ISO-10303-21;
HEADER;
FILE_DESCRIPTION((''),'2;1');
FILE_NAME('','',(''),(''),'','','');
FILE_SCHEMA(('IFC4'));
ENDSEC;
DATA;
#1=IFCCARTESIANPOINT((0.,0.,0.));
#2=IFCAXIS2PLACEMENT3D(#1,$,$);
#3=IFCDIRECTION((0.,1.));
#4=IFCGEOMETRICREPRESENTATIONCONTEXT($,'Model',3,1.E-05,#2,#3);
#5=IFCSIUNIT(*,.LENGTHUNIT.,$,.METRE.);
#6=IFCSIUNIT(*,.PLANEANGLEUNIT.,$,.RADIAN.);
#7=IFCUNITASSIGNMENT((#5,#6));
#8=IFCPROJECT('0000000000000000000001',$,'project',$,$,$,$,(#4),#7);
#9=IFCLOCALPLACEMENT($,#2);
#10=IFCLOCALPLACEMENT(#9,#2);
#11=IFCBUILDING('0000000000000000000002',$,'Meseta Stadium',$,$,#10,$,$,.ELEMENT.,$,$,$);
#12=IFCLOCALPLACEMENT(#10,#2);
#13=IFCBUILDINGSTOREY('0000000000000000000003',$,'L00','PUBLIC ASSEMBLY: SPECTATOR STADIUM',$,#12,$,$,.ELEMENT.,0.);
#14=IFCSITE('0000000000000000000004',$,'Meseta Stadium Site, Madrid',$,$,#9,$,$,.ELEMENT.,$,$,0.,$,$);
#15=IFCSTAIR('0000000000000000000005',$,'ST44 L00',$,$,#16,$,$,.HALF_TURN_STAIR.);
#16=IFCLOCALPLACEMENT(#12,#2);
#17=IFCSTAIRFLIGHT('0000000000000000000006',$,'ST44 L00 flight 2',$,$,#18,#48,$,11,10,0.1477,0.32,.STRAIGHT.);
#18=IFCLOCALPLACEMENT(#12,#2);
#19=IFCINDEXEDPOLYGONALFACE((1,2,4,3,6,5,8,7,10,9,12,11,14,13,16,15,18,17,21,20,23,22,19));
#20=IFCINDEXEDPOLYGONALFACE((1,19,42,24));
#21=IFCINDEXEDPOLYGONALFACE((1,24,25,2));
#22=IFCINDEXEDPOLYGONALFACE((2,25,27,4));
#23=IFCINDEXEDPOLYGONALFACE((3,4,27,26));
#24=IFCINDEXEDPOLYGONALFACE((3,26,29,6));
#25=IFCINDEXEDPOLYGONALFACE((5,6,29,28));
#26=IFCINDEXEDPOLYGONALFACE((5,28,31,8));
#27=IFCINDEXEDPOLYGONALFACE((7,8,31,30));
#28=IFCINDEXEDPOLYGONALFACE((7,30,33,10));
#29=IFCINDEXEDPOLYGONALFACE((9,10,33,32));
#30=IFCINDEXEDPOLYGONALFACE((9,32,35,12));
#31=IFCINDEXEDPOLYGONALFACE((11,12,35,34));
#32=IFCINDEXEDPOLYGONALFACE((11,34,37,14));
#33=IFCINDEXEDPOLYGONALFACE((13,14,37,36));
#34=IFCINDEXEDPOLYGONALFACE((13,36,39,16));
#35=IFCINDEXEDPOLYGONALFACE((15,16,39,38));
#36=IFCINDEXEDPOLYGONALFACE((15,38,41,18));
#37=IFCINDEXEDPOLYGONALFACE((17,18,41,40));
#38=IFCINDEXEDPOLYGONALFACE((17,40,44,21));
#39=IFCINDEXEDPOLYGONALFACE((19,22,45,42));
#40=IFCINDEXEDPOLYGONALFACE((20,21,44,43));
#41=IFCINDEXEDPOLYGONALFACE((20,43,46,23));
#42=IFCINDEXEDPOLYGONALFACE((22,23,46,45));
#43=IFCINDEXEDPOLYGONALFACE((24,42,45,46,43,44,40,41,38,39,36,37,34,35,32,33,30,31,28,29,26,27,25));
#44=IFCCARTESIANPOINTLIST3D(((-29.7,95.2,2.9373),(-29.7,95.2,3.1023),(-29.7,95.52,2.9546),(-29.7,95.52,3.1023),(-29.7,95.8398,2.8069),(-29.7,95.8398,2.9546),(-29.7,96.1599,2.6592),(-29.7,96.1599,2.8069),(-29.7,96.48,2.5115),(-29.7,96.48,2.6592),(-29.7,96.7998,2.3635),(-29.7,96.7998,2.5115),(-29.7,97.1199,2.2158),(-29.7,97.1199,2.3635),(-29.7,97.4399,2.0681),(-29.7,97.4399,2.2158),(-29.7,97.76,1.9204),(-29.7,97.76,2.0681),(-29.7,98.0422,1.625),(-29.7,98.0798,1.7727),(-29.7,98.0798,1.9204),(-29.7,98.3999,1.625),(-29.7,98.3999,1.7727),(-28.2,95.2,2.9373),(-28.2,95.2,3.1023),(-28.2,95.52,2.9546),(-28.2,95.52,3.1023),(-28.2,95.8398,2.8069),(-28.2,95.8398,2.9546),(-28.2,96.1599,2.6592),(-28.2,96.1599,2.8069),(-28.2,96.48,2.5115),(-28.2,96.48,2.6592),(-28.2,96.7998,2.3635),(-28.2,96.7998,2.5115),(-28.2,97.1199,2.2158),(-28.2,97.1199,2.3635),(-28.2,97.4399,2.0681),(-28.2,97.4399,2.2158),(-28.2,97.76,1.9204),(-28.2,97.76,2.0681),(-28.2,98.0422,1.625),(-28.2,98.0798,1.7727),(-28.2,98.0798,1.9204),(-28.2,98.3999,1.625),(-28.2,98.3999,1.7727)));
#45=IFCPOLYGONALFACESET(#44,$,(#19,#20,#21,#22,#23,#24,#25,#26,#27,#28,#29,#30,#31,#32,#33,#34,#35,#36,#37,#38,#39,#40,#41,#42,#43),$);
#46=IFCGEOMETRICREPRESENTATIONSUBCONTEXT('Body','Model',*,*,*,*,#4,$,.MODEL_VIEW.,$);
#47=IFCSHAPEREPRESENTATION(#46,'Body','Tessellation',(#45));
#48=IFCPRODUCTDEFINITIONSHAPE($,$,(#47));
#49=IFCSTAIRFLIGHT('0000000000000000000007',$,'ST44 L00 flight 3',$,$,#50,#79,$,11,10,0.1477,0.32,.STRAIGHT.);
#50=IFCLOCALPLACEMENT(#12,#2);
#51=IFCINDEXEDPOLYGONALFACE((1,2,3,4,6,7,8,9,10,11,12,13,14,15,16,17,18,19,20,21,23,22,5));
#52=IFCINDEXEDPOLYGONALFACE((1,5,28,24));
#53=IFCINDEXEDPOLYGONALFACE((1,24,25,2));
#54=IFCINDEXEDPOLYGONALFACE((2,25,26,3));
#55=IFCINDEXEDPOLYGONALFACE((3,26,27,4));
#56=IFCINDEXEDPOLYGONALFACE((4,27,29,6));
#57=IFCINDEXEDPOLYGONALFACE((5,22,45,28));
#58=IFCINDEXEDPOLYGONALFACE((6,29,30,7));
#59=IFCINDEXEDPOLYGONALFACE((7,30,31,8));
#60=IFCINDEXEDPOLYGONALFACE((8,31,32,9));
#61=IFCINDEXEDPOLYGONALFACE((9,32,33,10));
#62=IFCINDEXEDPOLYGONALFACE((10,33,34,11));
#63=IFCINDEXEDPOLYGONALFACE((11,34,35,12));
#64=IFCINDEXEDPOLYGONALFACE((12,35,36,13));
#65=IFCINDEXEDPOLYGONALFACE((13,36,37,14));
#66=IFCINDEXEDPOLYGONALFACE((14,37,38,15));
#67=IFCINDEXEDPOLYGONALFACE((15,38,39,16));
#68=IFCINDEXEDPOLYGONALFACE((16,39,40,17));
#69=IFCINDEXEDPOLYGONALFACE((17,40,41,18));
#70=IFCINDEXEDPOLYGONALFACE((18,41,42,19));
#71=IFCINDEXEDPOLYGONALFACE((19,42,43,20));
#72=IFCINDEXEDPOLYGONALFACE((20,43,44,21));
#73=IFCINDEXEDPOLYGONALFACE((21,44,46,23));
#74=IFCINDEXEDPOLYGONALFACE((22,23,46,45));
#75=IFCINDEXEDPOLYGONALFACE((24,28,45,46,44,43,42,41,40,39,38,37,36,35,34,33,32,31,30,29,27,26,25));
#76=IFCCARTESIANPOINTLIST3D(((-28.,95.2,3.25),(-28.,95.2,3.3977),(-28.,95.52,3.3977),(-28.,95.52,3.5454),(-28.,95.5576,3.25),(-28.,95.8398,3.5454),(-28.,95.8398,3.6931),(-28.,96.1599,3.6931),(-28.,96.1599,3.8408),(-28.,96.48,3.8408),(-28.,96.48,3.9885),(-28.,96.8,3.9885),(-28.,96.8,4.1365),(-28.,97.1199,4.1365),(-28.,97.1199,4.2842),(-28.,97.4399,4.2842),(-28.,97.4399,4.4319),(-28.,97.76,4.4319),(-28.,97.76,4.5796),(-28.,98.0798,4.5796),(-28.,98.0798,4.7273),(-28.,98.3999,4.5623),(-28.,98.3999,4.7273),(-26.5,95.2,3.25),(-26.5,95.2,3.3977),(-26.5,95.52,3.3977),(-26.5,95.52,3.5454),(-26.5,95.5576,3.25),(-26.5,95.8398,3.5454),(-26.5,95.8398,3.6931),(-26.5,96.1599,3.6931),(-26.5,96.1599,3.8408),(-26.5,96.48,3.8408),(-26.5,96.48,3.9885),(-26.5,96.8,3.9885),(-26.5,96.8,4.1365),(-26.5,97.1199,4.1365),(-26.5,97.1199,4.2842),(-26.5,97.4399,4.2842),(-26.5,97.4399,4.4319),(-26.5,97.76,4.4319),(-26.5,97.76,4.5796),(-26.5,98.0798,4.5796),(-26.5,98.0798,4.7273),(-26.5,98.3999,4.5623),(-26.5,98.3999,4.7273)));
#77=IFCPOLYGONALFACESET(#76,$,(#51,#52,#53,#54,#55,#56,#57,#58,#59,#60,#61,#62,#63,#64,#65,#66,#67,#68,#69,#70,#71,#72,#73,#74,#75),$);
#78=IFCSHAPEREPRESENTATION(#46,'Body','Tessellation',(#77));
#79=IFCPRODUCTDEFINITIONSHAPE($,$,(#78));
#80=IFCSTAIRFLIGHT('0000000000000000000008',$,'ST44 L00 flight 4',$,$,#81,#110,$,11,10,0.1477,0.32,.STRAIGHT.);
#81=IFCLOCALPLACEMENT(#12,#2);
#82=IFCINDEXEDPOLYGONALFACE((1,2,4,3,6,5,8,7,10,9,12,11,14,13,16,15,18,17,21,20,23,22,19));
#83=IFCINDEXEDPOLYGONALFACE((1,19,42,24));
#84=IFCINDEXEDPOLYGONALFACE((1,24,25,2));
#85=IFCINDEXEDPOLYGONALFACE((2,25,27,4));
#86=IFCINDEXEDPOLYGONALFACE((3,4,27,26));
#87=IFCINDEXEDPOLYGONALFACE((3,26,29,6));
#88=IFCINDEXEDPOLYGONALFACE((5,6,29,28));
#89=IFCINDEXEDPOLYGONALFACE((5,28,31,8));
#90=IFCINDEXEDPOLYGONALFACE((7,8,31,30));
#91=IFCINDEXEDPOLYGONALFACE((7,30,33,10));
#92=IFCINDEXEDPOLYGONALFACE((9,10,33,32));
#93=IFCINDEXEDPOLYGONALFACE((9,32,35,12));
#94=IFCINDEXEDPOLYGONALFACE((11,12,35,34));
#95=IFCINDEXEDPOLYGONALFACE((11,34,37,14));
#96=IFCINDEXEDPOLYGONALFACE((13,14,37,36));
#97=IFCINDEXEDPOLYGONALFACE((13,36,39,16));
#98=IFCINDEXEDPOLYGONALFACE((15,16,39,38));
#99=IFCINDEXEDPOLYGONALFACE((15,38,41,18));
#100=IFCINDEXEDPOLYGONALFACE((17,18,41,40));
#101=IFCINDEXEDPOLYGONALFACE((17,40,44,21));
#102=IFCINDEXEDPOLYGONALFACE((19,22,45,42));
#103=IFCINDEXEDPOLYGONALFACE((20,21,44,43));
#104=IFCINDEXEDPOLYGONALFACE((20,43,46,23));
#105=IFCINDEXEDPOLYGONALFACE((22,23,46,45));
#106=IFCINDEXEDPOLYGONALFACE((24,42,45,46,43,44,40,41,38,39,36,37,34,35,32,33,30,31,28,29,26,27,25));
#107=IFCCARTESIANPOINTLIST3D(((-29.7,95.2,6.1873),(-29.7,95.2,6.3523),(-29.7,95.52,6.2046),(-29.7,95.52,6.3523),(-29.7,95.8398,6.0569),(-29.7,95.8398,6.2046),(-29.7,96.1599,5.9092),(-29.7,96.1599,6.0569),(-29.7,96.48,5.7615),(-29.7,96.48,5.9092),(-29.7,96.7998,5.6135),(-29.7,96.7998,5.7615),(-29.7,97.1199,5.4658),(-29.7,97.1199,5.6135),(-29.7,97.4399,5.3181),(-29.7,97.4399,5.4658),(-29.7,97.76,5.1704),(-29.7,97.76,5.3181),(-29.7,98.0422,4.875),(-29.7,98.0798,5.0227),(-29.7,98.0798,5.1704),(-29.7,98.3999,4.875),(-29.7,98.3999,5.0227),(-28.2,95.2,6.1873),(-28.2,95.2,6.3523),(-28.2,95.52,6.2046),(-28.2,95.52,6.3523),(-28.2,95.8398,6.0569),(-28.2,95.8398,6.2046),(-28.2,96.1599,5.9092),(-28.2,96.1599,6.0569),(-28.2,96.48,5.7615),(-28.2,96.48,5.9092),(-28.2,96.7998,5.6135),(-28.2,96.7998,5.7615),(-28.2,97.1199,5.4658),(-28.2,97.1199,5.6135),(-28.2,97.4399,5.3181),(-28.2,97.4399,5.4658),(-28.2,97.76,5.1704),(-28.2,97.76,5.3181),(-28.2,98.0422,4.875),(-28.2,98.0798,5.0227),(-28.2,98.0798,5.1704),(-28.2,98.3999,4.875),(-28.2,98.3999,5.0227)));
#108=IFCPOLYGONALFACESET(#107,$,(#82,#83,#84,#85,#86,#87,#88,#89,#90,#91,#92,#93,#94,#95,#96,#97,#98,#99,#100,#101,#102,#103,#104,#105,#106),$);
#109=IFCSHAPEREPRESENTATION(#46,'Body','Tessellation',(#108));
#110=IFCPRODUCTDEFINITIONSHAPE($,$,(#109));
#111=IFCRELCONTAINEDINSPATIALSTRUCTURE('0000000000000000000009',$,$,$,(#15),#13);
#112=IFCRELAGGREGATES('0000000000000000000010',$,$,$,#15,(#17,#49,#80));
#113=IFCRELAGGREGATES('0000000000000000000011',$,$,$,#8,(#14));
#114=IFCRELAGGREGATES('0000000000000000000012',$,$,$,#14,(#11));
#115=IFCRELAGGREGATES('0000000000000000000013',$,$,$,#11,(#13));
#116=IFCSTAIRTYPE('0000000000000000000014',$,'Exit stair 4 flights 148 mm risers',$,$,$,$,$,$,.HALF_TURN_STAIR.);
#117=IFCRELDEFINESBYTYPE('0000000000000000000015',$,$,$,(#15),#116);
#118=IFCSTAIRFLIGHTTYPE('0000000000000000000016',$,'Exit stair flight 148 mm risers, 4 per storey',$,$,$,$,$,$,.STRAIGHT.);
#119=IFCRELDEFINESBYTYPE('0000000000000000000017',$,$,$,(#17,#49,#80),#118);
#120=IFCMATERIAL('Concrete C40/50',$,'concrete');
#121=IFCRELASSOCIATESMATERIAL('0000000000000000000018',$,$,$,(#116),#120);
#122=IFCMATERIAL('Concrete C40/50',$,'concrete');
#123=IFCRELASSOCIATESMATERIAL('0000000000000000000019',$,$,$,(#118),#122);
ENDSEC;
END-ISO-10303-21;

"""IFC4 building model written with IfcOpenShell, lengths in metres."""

from ifc_helpers import new_model, si_unit, direction, frame, origin, place, context, subcontext, project, spatial, polyline, outline, extrude, material, type_object, element, aggregate, save


model = new_model("IFC4")

# Units and contexts
model_context = context("Model", 3, precision=1e-05, world=origin(), true_north=direction((0.0, 1.0)))
body_context = subcontext(model_context, "Body", "Model", "MODEL_VIEW")
ifc_project = project(units=[si_unit("LENGTHUNIT", "METRE"), si_unit("PLANEANGLEUNIT", "RADIAN")], contexts=[model_context])

# Site, building, storey
site_placement = place(None, origin())
site = spatial("IfcSite", under=ifc_project, at=site_placement, Name="Meseta Stadium Site, Madrid", CompositionType="ELEMENT", RefElevation=0.0)
building_placement = place(site_placement, origin())
building = spatial("IfcBuilding", under=site, at=building_placement, Name="Meseta Stadium", CompositionType="ELEMENT")
storey_placement = place(building_placement, origin())
storey = spatial("IfcBuildingStorey", under=building, at=storey_placement, Name="L00", Description="PUBLIC ASSEMBLY: SPECTATOR STADIUM", CompositionType="ELEMENT", Elevation=0.0)

# Stair, stair flights
ifc_material_1 = material(Name="Concrete C40/50", Category="concrete")
stair_type = type_object("IfcStairType", Name="Exit stair 4 flights 148 mm risers", PredefinedType="HALF_TURN_STAIR", material=ifc_material_1)
ifc_material_2 = material(Name="Concrete C40/50", Category="concrete")
stair_flight_type = type_object("IfcStairFlightType", Name="Exit stair flight 148 mm risers, 4 per storey", PredefinedType="STRAIGHT", material=ifc_material_2)
stair_1_placement = place(storey_placement, origin())
stair_1 = element("IfcStair", 1, at=stair_1_placement, inside=storey, type_object=stair_type, Name="ST44 L00", PredefinedType="HALF_TURN_STAIR")
stair_flight_1_placement = place(storey_placement, frame((-28.95, 98.3999, 1.625), z_axis=(0.0, 0.0, 1.0), x_axis=(0.0, -1.0, 0.0)))
stair_flight_1 = element("IfcStairFlight", 2, at=stair_flight_1_placement, type_object=stair_flight_type, Name="ST44 L00 flight 2", NumberOfRisers=11, NumberOfTreads=10, PredefinedType="STRAIGHT", RiserHeight=0.1477, TreadLength=0.32, context=body_context, shape_type="SweptSolid", body=[
    extrude(outline(polyline([(0.0, 0.0), (0.0, 0.1477), (0.3201, 0.1477), (0.3201, 0.2954), (0.6399, 0.2954), (0.6399, 0.4431), (0.96, 0.4431), (0.96, 0.5908), (1.28, 0.5908), (1.28, 0.7385), (1.6001, 0.7385), (1.6001, 0.8865), (1.9199, 0.8865), (1.9199, 1.0342), (2.24, 1.0342), (2.24, 1.1819), (2.5601, 1.1819), (2.5601, 1.3296), (2.8799, 1.3296), (2.8799, 1.4773), (3.2, 1.4773), (3.2, 1.3123), (0.3577, 0.0), (0.0, 0.0)])), frame((0.0, 0.75, 0.0), z_axis=(0.0, -1.0, 0.0), x_axis=(1.0, 0.0, 0.0)), (0.0, 0.0, 1.0), 1.5),
])
stair_flight_2_placement = place(storey_placement, frame((-27.25, 95.2, 3.25), z_axis=(0.0, 0.0, 1.0), x_axis=(0.0, 1.0, 0.0)))
stair_flight_2 = element("IfcStairFlight", 3, at=stair_flight_2_placement, type_object=stair_flight_type, Name="ST44 L00 flight 3", NumberOfRisers=11, NumberOfTreads=10, PredefinedType="STRAIGHT", RiserHeight=0.1477, TreadLength=0.32, context=body_context, shape_type="SweptSolid", body=[
    extrude(outline(polyline([(0.0, 0.0), (0.0, 0.1477), (0.3201, 0.1477), (0.3201, 0.2954), (0.6399, 0.2954), (0.6399, 0.4431), (0.96, 0.4431), (0.96, 0.5908), (1.28, 0.5908), (1.28, 0.7385), (1.6001, 0.7385), (1.6001, 0.8865), (1.9199, 0.8865), (1.9199, 1.0342), (2.24, 1.0342), (2.24, 1.1819), (2.5601, 1.1819), (2.5601, 1.3296), (2.8799, 1.3296), (2.8799, 1.4773), (3.2, 1.4773), (3.2, 1.3123), (0.3577, 0.0), (0.0, 0.0)])), frame((0.0, 0.75, 0.0), z_axis=(0.0, -1.0, 0.0), x_axis=(1.0, 0.0, 0.0)), (0.0, 0.0, 1.0), 1.5),
])
stair_flight_3_placement = place(storey_placement, frame((-28.95, 98.3999, 4.875), z_axis=(0.0, 0.0, 1.0), x_axis=(0.0, -1.0, 0.0)))
stair_flight_3 = element("IfcStairFlight", 4, at=stair_flight_3_placement, type_object=stair_flight_type, Name="ST44 L00 flight 4", NumberOfRisers=11, NumberOfTreads=10, PredefinedType="STRAIGHT", RiserHeight=0.1477, TreadLength=0.32, context=body_context, shape_type="SweptSolid", body=[
    extrude(outline(polyline([(0.0, 0.0), (0.0, 0.1477), (0.3201, 0.1477), (0.3201, 0.2954), (0.6399, 0.2954), (0.6399, 0.4431), (0.96, 0.4431), (0.96, 0.5908), (1.28, 0.5908), (1.28, 0.7385), (1.6001, 0.7385), (1.6001, 0.8865), (1.9199, 0.8865), (1.9199, 1.0342), (2.24, 1.0342), (2.24, 1.1819), (2.5601, 1.1819), (2.5601, 1.3296), (2.8799, 1.3296), (2.8799, 1.4773), (3.2, 1.4773), (3.2, 1.3123), (0.3577, 0.0), (0.0, 0.0)])), frame((0.0, 0.75, 0.0), z_axis=(0.0, -1.0, 0.0), x_axis=(1.0, 0.0, 0.0)), (0.0, 0.0, 1.0), 1.5),
])
aggregate(stair_1, [stair_flight_1, stair_flight_2, stair_flight_3])

save(model, "model.ifc")
